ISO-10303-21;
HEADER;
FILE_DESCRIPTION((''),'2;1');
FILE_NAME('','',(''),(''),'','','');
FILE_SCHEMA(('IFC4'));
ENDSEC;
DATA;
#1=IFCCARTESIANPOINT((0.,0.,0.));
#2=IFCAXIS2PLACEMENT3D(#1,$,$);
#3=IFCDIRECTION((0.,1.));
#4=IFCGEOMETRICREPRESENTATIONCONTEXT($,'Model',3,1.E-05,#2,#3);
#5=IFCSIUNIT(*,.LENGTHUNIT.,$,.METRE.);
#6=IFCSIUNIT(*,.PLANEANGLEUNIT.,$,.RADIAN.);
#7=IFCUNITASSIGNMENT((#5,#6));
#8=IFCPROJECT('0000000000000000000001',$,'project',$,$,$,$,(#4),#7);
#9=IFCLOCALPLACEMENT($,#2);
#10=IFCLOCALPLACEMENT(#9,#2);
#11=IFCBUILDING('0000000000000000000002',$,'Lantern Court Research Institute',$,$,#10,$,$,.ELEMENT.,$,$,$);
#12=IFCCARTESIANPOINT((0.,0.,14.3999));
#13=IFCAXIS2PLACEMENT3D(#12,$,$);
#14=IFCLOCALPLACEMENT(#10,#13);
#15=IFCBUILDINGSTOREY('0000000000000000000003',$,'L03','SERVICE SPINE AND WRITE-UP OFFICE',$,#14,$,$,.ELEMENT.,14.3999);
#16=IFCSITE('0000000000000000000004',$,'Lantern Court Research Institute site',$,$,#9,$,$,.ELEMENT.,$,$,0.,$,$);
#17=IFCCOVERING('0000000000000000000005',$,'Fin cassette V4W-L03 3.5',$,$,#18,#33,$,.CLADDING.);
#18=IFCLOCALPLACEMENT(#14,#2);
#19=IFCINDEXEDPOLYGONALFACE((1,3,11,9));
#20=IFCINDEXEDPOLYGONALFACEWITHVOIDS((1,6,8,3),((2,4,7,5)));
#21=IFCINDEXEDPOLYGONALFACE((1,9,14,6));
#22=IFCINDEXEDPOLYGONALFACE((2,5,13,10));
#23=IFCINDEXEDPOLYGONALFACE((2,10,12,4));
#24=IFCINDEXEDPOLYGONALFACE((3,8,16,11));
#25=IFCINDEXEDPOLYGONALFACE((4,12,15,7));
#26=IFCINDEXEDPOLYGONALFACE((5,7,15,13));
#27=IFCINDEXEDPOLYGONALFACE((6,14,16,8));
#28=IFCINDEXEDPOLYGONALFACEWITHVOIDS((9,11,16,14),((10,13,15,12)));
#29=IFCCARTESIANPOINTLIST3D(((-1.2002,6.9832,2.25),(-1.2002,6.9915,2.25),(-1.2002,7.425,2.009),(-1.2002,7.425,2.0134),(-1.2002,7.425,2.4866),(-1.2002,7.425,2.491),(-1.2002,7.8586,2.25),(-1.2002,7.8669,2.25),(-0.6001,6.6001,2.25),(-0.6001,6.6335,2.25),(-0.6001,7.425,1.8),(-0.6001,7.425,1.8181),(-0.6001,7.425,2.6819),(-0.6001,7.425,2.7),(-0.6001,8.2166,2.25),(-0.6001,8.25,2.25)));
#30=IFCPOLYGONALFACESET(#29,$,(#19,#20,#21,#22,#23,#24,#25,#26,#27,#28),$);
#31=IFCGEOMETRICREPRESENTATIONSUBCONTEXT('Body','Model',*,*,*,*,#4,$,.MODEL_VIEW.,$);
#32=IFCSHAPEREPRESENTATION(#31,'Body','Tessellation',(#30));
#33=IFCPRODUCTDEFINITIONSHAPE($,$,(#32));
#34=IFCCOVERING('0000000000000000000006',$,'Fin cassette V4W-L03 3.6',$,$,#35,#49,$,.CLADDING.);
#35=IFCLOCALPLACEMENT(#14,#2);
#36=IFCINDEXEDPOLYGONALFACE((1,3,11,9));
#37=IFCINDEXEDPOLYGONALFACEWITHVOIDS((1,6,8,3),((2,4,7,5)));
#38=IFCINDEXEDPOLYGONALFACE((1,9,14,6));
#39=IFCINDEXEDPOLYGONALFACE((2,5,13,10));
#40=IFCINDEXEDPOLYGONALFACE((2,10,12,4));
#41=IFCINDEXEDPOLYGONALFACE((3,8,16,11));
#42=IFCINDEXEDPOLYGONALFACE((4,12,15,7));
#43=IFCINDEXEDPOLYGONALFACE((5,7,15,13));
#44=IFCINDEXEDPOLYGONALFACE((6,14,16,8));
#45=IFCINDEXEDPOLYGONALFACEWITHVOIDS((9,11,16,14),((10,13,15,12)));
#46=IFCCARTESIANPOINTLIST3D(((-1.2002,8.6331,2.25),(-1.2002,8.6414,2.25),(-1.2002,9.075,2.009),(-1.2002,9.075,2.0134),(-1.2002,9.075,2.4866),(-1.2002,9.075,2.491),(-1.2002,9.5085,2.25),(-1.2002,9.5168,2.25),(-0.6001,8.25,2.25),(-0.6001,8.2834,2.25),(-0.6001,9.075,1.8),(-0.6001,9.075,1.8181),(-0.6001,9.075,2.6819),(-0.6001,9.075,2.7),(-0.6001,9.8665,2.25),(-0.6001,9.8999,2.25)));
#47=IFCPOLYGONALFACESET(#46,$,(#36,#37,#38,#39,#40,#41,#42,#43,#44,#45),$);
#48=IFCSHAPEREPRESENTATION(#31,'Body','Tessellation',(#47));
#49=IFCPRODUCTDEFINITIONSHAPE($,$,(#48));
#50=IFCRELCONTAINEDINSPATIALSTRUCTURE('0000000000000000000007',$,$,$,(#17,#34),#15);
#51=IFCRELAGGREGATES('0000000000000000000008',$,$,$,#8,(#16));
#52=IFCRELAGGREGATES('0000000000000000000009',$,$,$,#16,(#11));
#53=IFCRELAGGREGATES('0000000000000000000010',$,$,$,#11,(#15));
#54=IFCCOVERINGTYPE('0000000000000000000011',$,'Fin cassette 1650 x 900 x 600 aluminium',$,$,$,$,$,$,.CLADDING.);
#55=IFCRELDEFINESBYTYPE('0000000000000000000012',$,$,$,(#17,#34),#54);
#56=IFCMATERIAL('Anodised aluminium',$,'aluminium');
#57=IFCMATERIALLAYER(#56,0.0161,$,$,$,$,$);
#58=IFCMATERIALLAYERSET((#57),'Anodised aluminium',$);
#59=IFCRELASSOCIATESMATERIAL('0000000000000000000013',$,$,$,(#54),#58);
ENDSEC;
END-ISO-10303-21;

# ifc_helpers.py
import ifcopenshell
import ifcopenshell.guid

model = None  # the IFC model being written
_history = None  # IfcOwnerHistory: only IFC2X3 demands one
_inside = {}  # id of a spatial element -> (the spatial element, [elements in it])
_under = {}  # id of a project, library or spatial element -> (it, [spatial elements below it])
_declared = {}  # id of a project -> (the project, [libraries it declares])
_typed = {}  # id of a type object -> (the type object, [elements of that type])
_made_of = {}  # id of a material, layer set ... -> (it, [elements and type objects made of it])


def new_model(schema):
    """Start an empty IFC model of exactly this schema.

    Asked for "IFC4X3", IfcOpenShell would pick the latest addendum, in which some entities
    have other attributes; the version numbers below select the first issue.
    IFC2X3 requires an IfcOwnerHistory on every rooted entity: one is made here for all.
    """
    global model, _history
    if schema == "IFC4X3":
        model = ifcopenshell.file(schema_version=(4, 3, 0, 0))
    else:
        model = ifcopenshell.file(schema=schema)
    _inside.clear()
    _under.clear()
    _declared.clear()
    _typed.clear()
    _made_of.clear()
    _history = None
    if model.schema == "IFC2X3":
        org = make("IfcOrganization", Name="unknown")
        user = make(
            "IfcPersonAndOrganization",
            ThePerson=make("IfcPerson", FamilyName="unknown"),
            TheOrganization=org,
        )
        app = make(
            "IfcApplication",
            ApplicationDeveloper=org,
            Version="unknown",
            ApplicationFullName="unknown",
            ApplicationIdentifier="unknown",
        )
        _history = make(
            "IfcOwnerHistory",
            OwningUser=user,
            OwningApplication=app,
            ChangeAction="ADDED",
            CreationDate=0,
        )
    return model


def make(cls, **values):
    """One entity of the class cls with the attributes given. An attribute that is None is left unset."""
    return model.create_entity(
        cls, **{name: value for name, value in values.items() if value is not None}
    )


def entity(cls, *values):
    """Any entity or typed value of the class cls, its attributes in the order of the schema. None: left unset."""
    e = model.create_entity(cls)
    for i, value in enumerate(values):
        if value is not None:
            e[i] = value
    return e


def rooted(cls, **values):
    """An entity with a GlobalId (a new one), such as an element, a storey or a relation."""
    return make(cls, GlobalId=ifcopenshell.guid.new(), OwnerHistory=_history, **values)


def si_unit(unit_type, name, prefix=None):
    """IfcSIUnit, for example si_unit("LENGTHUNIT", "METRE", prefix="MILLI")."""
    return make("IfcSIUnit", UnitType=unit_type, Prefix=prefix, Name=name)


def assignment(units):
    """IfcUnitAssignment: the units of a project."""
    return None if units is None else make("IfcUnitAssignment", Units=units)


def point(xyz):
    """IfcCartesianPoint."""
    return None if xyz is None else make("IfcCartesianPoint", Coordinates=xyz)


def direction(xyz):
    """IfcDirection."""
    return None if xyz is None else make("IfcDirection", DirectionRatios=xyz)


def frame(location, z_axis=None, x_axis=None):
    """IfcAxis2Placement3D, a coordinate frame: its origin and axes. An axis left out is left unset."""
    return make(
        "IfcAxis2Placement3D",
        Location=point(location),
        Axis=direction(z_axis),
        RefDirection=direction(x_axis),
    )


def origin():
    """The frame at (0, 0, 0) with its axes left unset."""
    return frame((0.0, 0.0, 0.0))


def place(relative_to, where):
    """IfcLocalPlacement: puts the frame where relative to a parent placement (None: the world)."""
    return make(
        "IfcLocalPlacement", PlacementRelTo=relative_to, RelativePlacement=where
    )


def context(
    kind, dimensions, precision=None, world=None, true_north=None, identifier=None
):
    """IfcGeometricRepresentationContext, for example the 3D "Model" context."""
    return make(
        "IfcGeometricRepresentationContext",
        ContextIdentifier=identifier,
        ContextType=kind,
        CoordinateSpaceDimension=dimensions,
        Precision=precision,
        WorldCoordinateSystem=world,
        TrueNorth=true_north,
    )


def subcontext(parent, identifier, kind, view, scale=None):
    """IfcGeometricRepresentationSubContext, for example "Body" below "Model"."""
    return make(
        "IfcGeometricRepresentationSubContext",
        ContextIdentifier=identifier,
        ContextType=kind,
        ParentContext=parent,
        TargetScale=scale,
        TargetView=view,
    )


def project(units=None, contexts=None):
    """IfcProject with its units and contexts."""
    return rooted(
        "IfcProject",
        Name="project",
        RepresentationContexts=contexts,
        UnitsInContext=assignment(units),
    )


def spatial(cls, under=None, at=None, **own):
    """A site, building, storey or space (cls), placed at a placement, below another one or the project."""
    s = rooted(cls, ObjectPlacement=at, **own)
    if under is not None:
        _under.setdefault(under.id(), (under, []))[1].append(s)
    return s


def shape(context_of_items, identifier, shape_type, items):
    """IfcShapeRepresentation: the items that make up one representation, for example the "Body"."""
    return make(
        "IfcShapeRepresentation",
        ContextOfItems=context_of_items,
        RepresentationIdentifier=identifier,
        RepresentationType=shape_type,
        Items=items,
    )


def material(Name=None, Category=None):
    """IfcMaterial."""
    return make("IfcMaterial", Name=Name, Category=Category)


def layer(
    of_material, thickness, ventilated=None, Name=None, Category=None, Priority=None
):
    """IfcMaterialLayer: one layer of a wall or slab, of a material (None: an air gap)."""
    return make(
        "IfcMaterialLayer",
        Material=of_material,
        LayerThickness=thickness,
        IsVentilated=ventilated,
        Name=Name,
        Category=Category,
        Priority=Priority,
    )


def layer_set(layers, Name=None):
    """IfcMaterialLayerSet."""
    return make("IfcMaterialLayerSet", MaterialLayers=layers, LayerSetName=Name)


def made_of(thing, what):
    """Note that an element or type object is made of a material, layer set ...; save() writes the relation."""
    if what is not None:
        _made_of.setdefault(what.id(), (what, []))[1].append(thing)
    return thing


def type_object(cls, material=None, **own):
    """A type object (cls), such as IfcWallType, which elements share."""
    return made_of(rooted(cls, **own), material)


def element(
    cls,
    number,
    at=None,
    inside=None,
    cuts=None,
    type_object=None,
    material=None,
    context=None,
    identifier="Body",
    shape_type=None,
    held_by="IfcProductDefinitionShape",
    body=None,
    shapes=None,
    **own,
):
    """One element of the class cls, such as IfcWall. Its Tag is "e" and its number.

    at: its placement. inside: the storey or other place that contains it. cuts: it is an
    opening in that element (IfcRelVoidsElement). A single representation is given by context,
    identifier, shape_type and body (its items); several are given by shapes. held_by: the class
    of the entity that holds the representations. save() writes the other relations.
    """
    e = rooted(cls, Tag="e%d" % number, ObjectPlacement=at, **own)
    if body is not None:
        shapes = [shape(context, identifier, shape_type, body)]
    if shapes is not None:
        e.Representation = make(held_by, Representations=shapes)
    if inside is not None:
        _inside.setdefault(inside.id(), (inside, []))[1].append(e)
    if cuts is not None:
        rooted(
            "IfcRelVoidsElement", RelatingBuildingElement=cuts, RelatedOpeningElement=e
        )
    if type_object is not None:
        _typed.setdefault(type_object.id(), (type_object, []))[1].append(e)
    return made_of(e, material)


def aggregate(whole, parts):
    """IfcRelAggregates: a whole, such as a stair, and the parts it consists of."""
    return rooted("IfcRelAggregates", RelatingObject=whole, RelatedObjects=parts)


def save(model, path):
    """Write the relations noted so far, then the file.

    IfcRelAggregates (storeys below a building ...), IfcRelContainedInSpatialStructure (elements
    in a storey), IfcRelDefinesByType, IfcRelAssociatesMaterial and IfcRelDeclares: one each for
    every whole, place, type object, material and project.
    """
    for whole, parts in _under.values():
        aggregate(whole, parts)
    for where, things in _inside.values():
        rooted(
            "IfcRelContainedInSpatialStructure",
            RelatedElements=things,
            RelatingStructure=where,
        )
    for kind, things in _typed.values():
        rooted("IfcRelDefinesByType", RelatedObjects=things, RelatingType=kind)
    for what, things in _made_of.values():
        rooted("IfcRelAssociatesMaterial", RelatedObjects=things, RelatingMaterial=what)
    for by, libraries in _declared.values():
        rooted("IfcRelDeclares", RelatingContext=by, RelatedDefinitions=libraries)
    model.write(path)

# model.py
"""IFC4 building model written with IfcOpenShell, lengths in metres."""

from ifc_helpers import new_model, entity, si_unit, direction, frame, origin, place, context, subcontext, project, spatial, material, layer, layer_set, type_object, element, save


model = new_model("IFC4")

# Units and contexts
model_context = context("Model", 3, precision=1e-05, world=origin(), true_north=direction((0.0, 1.0)))
body_context = subcontext(model_context, "Body", "Model", "MODEL_VIEW")
ifc_project = project(units=[si_unit("LENGTHUNIT", "METRE"), si_unit("PLANEANGLEUNIT", "RADIAN")], contexts=[model_context])

# Site, building, storey
site_placement = place(None, origin())
site = spatial("IfcSite", under=ifc_project, at=site_placement, Name="Lantern Court Research Institute site", CompositionType="ELEMENT", RefElevation=0.0)
building_placement = place(site_placement, origin())
building = spatial("IfcBuilding", under=site, at=building_placement, Name="Lantern Court Research Institute", CompositionType="ELEMENT")
storey_placement = place(building_placement, frame((0.0, 0.0, 14.3999)))
storey = spatial("IfcBuildingStorey", under=building, at=storey_placement, Name="L03", Description="SERVICE SPINE AND WRITE-UP OFFICE", CompositionType="ELEMENT", Elevation=14.3999)

# Coverings
ifc_material_1 = material(Name="Anodised aluminium", Category="aluminium")
ifc_layer_1 = layer(ifc_material_1, 0.0161)
ifc_layer_set_1 = layer_set([ifc_layer_1], Name="Anodised aluminium")
covering_type = type_object("IfcCoveringType", Name="Fin cassette 1650 x 900 x 600 aluminium", PredefinedType="CLADDING", material=ifc_layer_set_1)
covering_1_placement = place(storey_placement, frame((-0.6001, 7.425, 2.25), z_axis=(-1.0, 0.0, 0.0), x_axis=(0.0, -1.0, 0.0)))
cartesian_point_1 = entity("IfcCartesianPoint", [0.825, 0.0])
cartesian_point_2 = entity("IfcCartesianPoint", [0.7915, 0.0])
cartesian_point_3 = entity("IfcCartesianPoint", [0.4419, 0.0])
cartesian_point_4 = entity("IfcCartesianPoint", [0.4336, 0.0])
element("IfcCovering", 1, at=covering_1_placement, inside=storey, type_object=covering_type, Name="Fin cassette V4W-L03 3.5", PredefinedType="CLADDING", context=body_context, shape_type="SweptSolid", body=[
    entity("IfcExtrudedAreaSolidTapered", entity("IfcArbitraryProfileDefWithVoids", "AREA", None, entity("IfcPolyline", [cartesian_point_1, entity("IfcCartesianPoint", [0.0, 0.45]), entity("IfcCartesianPoint", [-0.825, 0.0]), entity("IfcCartesianPoint", [0.0, -0.45]), cartesian_point_1]), [entity("IfcPolyline", [cartesian_point_2, entity("IfcCartesianPoint", [0.0, 0.4319]), entity("IfcCartesianPoint", [-0.7915, 0.0]), entity("IfcCartesianPoint", [0.0, -0.4319]), cartesian_point_2])]), entity("IfcAxis2Placement3D", entity("IfcCartesianPoint", [0.0, 0.0, 0.0])), entity("IfcDirection", [0.0, 0.0, 1.0]), 0.6001, entity("IfcArbitraryProfileDefWithVoids", "AREA", None, entity("IfcPolyline", [cartesian_point_3, entity("IfcCartesianPoint", [0.0, 0.241]), entity("IfcCartesianPoint", [-0.4419, 0.0]), entity("IfcCartesianPoint", [0.0, -0.241]), cartesian_point_3]), [entity("IfcPolyline", [cartesian_point_4, entity("IfcCartesianPoint", [0.0, 0.2366]), entity("IfcCartesianPoint", [-0.4336, 0.0]), entity("IfcCartesianPoint", [0.0, -0.2366]), cartesian_point_4])])),
])
covering_2_placement = place(storey_placement, frame((-0.6001, 9.075, 2.25), z_axis=(-1.0, 0.0, 0.0), x_axis=(0.0, -1.0, 0.0)))
cartesian_point_5 = entity("IfcCartesianPoint", [0.825, 0.0])
cartesian_point_6 = entity("IfcCartesianPoint", [0.7915, 0.0])
cartesian_point_7 = entity("IfcCartesianPoint", [0.4419, 0.0])
cartesian_point_8 = entity("IfcCartesianPoint", [0.4336, 0.0])
element("IfcCovering", 2, at=covering_2_placement, inside=storey, type_object=covering_type, Name="Fin cassette V4W-L03 3.6", PredefinedType="CLADDING", context=body_context, shape_type="SweptSolid", body=[
    entity("IfcExtrudedAreaSolidTapered", entity("IfcArbitraryProfileDefWithVoids", "AREA", None, entity("IfcPolyline", [cartesian_point_5, entity("IfcCartesianPoint", [0.0, 0.45]), entity("IfcCartesianPoint", [-0.825, 0.0]), entity("IfcCartesianPoint", [0.0, -0.45]), cartesian_point_5]), [entity("IfcPolyline", [cartesian_point_6, entity("IfcCartesianPoint", [0.0, 0.4319]), entity("IfcCartesianPoint", [-0.7915, 0.0]), entity("IfcCartesianPoint", [0.0, -0.4319]), cartesian_point_6])]), entity("IfcAxis2Placement3D", entity("IfcCartesianPoint", [0.0, 0.0, 0.0])), entity("IfcDirection", [0.0, 0.0, 1.0]), 0.6001, entity("IfcArbitraryProfileDefWithVoids", "AREA", None, entity("IfcPolyline", [cartesian_point_7, entity("IfcCartesianPoint", [0.0, 0.241]), entity("IfcCartesianPoint", [-0.4419, 0.0]), entity("IfcCartesianPoint", [0.0, -0.241]), cartesian_point_7]), [entity("IfcPolyline", [cartesian_point_8, entity("IfcCartesianPoint", [0.0, 0.2366]), entity("IfcCartesianPoint", [-0.4336, 0.0]), entity("IfcCartesianPoint", [0.0, -0.2366]), cartesian_point_8])])),
])

save(model, "model.ifc")
